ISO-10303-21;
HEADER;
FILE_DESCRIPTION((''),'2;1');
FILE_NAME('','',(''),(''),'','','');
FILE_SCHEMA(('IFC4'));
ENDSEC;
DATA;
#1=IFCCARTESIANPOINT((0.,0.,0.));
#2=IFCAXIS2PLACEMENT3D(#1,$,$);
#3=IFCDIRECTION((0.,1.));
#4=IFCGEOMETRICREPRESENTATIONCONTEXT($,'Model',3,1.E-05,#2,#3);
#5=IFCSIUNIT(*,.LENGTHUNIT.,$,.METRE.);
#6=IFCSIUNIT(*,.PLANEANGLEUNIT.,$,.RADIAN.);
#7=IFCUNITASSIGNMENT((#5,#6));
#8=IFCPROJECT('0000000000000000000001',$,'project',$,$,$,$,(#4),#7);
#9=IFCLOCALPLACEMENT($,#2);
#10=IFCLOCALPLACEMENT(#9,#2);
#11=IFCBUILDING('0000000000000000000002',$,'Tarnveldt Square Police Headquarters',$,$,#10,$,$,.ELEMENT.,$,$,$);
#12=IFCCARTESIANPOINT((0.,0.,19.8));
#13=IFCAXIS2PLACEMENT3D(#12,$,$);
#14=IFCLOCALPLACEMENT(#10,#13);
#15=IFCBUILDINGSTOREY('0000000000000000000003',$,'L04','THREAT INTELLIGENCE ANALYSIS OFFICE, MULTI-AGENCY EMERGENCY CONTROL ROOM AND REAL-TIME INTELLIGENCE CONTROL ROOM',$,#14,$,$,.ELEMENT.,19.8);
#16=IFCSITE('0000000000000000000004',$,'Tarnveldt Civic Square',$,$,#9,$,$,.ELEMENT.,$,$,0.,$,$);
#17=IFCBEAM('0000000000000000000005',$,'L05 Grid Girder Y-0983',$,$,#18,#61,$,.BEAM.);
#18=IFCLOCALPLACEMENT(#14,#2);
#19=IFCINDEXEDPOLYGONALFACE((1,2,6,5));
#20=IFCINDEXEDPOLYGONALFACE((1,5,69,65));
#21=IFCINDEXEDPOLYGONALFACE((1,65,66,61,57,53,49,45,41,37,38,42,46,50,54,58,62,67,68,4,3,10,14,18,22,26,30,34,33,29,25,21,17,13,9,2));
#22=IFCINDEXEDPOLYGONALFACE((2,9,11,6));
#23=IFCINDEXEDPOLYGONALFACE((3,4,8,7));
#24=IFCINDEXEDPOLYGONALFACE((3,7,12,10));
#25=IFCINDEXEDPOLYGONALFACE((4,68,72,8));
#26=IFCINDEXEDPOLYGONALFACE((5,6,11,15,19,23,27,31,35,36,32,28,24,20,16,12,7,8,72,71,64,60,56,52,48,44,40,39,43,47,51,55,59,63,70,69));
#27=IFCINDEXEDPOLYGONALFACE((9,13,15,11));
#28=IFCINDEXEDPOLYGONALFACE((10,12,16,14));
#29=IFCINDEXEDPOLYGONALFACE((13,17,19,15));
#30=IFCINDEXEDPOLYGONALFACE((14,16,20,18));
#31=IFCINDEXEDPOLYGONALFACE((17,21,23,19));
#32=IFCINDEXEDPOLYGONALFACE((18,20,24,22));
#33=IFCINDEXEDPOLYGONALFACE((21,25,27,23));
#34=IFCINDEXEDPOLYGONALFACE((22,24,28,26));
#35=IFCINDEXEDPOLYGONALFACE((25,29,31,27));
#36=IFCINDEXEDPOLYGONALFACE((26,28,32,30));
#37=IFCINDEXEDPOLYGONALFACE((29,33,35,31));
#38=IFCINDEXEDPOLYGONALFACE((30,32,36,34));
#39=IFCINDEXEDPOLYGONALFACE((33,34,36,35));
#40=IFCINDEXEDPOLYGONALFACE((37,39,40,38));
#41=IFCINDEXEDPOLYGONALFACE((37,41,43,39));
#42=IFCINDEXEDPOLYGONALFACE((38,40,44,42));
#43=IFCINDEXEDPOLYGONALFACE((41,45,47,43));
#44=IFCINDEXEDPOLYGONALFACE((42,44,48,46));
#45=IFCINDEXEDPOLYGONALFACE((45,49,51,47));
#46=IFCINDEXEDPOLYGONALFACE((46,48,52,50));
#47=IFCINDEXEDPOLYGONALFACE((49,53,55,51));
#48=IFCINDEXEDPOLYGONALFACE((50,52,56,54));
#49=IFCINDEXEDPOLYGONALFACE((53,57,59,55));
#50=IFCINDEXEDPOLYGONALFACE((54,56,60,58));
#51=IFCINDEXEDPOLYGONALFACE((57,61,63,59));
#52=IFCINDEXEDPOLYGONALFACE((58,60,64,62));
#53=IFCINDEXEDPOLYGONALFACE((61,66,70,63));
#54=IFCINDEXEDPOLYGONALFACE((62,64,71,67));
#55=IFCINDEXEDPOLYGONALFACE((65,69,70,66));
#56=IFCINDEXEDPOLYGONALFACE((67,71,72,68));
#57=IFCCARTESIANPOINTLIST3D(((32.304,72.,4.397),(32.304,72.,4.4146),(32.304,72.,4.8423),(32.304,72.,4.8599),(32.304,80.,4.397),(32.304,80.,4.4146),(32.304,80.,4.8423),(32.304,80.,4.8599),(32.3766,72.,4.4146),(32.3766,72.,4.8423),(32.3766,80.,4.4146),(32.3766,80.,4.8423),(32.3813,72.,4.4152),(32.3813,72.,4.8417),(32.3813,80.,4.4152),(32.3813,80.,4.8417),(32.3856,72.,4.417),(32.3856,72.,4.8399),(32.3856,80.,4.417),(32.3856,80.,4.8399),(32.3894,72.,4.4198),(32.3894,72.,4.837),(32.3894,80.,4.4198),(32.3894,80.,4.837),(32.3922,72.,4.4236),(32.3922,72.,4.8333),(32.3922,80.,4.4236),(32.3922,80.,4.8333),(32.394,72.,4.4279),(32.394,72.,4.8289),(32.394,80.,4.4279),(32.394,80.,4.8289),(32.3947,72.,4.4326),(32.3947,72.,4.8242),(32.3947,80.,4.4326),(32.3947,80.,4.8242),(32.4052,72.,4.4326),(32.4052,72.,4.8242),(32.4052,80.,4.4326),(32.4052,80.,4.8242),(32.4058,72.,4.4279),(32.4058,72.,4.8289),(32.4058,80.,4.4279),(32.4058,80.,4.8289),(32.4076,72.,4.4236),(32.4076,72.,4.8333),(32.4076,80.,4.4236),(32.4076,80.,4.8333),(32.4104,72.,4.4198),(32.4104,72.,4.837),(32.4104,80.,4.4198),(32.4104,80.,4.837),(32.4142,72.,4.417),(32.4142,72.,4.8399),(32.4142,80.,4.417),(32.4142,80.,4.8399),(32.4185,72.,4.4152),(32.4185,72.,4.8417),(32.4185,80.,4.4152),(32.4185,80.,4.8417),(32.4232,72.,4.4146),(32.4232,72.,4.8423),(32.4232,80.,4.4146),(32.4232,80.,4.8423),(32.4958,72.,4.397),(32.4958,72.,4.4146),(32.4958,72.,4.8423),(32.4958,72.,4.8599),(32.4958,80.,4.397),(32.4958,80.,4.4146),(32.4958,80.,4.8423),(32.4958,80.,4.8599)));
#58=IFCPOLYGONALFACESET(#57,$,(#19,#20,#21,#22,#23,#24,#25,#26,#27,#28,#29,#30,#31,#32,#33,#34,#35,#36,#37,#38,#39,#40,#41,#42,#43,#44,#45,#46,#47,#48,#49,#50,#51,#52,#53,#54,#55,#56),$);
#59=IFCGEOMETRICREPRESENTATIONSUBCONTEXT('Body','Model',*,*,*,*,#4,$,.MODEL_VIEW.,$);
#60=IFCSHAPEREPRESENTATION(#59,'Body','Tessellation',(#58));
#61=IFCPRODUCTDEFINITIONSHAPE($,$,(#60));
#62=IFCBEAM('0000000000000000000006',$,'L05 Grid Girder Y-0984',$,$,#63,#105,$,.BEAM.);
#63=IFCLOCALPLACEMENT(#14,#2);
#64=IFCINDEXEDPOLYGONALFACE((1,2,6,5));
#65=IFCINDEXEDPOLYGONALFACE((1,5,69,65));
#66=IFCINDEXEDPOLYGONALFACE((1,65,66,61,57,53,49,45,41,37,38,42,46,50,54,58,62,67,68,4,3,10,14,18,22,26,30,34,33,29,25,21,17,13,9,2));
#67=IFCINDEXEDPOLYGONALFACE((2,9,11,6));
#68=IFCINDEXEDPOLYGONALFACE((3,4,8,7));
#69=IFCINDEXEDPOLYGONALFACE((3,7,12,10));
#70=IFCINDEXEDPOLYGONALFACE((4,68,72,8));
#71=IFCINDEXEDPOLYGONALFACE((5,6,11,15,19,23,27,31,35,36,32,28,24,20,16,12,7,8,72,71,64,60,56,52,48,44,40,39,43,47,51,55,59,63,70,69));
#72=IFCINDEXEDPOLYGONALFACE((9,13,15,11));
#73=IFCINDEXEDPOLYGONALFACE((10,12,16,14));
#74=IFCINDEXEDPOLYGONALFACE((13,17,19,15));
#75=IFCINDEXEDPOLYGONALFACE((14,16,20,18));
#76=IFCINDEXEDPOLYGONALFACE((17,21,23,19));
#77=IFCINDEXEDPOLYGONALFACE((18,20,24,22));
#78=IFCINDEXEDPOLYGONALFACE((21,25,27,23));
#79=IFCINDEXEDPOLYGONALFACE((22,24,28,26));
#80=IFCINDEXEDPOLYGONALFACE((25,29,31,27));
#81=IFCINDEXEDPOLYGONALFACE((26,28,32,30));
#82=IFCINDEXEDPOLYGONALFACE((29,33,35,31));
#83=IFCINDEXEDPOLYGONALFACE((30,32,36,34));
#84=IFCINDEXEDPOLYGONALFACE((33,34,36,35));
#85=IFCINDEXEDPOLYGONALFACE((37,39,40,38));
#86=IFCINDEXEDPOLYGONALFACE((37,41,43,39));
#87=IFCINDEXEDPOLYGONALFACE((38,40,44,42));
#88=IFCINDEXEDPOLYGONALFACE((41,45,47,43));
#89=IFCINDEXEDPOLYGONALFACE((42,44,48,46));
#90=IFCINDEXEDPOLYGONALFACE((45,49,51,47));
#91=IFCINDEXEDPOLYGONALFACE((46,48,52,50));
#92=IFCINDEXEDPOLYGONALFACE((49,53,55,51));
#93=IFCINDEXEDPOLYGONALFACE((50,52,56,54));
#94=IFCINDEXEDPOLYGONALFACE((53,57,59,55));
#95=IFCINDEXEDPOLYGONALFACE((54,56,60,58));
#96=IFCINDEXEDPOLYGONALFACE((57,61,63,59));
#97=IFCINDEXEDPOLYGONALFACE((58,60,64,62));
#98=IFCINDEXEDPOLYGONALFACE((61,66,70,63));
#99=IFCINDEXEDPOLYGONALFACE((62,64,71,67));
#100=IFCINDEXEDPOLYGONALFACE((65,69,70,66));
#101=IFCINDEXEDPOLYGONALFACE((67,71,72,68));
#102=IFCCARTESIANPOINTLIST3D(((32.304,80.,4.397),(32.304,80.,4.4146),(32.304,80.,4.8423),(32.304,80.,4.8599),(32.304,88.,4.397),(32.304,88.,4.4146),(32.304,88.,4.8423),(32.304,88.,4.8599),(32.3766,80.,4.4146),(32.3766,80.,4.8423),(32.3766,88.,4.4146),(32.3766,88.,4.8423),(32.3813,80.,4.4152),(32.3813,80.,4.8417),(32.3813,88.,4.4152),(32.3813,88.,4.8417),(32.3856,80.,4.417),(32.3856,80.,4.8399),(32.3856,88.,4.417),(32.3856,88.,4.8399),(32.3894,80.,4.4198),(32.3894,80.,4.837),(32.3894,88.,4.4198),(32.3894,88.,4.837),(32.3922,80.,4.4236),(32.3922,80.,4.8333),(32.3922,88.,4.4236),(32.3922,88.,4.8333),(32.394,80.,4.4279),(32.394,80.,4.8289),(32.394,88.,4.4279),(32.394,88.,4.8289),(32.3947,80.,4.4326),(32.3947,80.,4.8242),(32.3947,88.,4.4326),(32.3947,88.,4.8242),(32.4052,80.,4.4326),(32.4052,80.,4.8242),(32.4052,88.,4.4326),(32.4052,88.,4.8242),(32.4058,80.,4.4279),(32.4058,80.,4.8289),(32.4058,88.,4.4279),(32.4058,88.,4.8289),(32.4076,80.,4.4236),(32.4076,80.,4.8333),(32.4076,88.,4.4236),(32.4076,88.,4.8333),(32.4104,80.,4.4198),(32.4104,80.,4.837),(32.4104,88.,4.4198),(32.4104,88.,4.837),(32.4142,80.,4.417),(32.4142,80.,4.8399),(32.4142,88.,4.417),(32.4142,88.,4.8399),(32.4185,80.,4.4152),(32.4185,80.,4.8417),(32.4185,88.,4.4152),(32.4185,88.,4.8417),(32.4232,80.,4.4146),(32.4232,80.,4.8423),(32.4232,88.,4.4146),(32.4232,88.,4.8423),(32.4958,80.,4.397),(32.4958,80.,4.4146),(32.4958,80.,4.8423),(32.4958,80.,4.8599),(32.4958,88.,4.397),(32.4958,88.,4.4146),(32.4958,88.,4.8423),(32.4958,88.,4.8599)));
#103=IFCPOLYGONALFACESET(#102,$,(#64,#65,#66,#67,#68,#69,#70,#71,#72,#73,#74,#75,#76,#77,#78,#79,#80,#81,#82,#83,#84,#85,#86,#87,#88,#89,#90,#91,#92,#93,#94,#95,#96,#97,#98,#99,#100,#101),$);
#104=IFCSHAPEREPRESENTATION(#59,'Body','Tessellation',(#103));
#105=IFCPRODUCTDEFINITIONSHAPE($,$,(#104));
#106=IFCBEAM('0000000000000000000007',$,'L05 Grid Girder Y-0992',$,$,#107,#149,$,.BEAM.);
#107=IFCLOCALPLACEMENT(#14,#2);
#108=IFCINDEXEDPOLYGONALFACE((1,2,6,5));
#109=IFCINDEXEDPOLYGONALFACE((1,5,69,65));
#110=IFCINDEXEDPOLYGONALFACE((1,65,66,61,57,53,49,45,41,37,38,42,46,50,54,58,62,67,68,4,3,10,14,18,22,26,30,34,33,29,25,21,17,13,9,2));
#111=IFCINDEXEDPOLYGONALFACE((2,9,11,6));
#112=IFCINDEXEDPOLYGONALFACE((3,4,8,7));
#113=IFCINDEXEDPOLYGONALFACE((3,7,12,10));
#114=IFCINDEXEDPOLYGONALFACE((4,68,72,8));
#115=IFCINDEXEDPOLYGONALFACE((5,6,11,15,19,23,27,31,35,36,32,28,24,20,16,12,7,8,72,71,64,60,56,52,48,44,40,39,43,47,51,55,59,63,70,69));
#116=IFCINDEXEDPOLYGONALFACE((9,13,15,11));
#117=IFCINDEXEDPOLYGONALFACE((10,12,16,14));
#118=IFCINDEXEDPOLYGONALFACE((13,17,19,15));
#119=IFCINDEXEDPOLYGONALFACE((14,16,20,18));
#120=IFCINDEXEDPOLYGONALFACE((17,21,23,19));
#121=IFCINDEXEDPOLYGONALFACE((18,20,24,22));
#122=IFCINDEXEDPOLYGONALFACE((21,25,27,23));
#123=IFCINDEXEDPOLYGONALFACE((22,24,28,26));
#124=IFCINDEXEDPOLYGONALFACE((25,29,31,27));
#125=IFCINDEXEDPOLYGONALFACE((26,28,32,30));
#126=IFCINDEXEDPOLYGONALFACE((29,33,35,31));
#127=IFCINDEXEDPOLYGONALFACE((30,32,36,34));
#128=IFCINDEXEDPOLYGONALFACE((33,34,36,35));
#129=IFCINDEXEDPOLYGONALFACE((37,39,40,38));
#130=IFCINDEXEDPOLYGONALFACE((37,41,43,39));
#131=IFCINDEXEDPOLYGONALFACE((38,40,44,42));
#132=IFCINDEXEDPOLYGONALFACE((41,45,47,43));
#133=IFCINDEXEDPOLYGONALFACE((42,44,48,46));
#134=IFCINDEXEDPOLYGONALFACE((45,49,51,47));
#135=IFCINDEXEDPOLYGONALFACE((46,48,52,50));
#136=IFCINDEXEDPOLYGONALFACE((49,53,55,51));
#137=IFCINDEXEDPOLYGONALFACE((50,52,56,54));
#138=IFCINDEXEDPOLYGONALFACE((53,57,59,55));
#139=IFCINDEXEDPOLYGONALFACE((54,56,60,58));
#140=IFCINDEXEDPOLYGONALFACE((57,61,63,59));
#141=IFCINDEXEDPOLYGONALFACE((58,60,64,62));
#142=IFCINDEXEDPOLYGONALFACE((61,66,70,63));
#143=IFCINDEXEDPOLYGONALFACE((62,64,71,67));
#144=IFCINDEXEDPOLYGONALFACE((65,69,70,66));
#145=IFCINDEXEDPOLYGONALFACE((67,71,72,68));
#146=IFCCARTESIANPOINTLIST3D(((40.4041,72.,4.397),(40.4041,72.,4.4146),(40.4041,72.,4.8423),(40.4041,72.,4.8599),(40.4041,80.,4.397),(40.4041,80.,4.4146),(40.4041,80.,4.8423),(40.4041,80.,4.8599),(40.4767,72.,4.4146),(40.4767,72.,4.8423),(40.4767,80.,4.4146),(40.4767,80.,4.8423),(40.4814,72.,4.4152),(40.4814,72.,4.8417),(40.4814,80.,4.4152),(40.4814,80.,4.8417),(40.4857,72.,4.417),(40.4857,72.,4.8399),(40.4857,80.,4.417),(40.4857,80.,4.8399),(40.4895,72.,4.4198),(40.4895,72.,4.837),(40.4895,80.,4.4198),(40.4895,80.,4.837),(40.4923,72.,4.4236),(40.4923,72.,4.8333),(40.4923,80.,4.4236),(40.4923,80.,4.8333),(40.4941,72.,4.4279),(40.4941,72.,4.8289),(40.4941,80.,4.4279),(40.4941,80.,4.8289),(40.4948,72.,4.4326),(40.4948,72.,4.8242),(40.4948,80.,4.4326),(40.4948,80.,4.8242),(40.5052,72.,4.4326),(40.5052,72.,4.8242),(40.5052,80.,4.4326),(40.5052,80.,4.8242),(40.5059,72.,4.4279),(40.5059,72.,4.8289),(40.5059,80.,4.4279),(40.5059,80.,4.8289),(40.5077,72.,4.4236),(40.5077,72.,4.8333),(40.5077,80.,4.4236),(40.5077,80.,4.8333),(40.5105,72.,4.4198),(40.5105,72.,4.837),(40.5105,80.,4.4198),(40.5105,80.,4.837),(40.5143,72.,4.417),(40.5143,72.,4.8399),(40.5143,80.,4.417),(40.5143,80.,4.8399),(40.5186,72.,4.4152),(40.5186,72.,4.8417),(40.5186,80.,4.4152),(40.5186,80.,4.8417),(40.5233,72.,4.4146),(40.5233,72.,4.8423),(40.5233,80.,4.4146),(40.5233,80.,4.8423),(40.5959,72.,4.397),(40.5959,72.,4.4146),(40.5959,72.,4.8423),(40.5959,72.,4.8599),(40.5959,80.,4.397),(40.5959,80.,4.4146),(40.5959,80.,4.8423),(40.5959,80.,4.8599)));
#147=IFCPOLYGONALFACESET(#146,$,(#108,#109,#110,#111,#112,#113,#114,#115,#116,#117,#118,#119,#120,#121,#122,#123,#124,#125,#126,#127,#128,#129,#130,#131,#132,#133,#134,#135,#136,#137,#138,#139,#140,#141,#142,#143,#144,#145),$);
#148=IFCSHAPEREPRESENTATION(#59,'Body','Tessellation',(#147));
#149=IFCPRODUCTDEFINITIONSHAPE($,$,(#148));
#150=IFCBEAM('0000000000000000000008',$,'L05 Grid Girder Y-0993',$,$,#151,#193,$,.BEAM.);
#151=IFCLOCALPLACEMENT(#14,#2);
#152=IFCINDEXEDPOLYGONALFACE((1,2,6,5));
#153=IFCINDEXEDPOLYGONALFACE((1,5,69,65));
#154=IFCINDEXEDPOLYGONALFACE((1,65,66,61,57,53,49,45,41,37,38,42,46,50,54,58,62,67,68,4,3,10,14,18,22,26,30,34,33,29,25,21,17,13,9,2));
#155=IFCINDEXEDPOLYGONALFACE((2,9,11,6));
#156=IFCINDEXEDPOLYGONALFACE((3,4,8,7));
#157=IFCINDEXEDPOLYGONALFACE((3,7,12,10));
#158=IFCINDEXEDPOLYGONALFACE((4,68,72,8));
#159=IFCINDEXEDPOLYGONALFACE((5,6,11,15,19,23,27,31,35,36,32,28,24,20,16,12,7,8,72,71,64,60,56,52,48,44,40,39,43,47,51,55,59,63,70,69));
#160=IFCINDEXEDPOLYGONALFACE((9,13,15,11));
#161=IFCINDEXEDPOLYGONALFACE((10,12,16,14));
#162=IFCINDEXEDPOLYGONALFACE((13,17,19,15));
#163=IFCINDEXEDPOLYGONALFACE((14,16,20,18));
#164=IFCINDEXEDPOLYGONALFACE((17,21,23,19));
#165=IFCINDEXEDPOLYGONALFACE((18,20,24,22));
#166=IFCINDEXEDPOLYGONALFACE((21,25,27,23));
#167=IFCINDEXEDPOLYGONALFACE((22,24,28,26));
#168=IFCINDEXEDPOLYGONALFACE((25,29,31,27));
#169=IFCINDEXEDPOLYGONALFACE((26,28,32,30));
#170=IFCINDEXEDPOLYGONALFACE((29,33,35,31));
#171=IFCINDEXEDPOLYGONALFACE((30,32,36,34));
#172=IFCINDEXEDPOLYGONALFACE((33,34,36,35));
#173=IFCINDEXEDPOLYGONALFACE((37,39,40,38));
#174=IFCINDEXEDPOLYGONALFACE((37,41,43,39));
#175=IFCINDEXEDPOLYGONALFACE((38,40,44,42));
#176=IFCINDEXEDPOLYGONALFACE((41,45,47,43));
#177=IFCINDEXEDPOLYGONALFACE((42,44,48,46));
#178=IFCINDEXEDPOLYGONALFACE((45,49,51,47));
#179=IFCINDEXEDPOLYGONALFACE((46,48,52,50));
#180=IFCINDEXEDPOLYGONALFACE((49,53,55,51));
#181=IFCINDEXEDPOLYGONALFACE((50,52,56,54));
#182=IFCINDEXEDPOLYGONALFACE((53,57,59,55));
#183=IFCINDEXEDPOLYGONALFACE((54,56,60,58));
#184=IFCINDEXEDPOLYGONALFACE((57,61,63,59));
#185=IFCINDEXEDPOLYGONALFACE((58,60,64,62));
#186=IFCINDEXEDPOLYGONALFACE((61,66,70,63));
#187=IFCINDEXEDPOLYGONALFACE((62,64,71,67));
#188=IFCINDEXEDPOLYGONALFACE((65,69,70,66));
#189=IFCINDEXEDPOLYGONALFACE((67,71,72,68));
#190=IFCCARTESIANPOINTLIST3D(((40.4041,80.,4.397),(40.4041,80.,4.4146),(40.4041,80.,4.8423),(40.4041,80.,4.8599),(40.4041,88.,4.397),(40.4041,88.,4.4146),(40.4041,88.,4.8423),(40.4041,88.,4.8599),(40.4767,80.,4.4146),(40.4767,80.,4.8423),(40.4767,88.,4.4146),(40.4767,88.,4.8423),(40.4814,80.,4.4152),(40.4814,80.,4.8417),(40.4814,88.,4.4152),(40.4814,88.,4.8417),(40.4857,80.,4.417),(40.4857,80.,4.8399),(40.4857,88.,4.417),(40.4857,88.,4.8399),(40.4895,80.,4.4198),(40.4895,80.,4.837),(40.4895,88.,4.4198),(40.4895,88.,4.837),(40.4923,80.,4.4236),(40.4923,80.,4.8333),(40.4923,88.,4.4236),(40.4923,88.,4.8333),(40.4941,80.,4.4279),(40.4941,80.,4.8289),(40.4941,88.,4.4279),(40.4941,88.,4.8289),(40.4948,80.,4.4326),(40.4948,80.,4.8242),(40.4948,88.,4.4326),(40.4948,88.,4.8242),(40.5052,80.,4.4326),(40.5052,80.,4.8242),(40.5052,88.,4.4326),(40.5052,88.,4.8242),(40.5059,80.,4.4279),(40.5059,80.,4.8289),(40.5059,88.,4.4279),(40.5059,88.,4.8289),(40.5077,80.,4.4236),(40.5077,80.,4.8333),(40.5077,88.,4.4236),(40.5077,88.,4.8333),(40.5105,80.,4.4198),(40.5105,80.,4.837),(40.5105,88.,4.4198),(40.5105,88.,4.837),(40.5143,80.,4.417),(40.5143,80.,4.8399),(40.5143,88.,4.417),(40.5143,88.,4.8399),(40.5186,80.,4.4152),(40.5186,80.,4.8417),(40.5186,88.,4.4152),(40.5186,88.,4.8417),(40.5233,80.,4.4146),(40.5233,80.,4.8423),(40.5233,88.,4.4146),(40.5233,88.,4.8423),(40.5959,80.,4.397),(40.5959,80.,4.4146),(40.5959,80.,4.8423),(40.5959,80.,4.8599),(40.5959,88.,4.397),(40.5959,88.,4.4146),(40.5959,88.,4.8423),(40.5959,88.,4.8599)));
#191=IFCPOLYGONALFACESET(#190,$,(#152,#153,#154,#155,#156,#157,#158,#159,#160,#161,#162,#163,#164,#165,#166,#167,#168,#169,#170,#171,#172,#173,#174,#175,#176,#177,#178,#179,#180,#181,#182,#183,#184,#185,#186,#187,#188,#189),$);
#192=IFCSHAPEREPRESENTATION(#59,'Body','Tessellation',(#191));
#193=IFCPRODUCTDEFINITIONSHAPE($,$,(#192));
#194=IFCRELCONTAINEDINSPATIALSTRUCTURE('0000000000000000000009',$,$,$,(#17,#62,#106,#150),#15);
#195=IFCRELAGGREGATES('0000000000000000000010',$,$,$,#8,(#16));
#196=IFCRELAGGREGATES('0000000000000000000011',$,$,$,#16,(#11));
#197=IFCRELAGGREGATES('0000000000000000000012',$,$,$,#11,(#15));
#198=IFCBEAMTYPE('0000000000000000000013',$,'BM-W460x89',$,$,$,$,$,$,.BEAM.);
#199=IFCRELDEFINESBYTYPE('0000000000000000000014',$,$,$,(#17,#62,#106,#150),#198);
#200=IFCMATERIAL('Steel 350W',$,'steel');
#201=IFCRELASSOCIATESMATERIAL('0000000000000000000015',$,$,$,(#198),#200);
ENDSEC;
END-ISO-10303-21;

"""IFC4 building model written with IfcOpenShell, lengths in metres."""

from ifc_helpers import new_model, si_unit, direction, frame, origin, origin_2d, place, context, subcontext, project, spatial, i_section, extrude, material, material_profile, profile_set, type_object, element, save


model = new_model("IFC4")

# Units and contexts
model_context = context("Model", 3, precision=1e-05, world=origin(), true_north=direction((0.0, 1.0)))
body_context = subcontext(model_context, "Body", "Model", "MODEL_VIEW")
ifc_project = project(units=[si_unit("LENGTHUNIT", "METRE"), si_unit("PLANEANGLEUNIT", "RADIAN")], contexts=[model_context])

# Site, building, storey
site_placement = place(None, origin())
site = spatial("IfcSite", under=ifc_project, at=site_placement, Name="Tarnveldt Civic Square", CompositionType="ELEMENT", RefElevation=0.0)
building_placement = place(site_placement, origin())
building = spatial("IfcBuilding", under=site, at=building_placement, Name="Tarnveldt Square Police Headquarters", CompositionType="ELEMENT")
storey_placement = place(building_placement, frame((0.0, 0.0, 19.8)))
storey = spatial("IfcBuildingStorey", under=building, at=storey_placement, Name="L04", Description="THREAT INTELLIGENCE ANALYSIS OFFICE, MULTI-AGENCY EMERGENCY CONTROL ROOM AND REAL-TIME INTELLIGENCE CONTROL ROOM", CompositionType="ELEMENT", Elevation=19.8)

# Shared definitions
ifc_material_1 = material(Name="Steel 350W", Category="steel")

# Beams
ifc_material_profile_1 = material_profile(ifc_material_1, i_section(OverallWidth=0.1919, OverallDepth=0.4629, WebThickness=0.0105, FlangeThickness=0.0176, FilletRadius=0.0181, at=origin_2d()), Name="W460x89")
ifc_profile_set_1 = profile_set([ifc_material_profile_1], Name="Steel 350W")
beam_type_1 = type_object("IfcBeamType", Name="BM-W460x89", PredefinedType="BEAM", material=ifc_profile_set_1)
for number, where, z_axis, x_axis, name in (
    (1, (32.3999, 72.0, 4.6284), (0.0, 1.0, 0.0), (-1.0, 0.0, 0.0), "L05 Grid Girder Y-0983"),
    (2, (32.3999, 80.0, 4.6284), (0.0, 1.0, 0.0), (-1.0, 0.0, 0.0), "L05 Grid Girder Y-0984"),
    (3, (40.5, 72.0, 4.6284), (0.0, 1.0, 0.0), (-1.0, 0.0, 0.0), "L05 Grid Girder Y-0992"),
    (4, (40.5, 80.0, 4.6284), (0.0, 1.0, 0.0), (-1.0, 0.0, 0.0), "L05 Grid Girder Y-0993"),
):
    element("IfcBeam", number, at=place(storey_placement, frame(where, z_axis=z_axis, x_axis=x_axis)), inside=storey, type_object=beam_type_1, Name=name, PredefinedType="BEAM", context=body_context, shape_type="SweptSolid", body=[
        extrude(i_section(OverallWidth=0.1919, OverallDepth=0.4629, WebThickness=0.0105, FlangeThickness=0.0176, FilletRadius=0.0181, at=origin_2d()), origin(), (0.0, 0.0, 1.0), 8.0),
    ])

save(model, "model.ifc")
